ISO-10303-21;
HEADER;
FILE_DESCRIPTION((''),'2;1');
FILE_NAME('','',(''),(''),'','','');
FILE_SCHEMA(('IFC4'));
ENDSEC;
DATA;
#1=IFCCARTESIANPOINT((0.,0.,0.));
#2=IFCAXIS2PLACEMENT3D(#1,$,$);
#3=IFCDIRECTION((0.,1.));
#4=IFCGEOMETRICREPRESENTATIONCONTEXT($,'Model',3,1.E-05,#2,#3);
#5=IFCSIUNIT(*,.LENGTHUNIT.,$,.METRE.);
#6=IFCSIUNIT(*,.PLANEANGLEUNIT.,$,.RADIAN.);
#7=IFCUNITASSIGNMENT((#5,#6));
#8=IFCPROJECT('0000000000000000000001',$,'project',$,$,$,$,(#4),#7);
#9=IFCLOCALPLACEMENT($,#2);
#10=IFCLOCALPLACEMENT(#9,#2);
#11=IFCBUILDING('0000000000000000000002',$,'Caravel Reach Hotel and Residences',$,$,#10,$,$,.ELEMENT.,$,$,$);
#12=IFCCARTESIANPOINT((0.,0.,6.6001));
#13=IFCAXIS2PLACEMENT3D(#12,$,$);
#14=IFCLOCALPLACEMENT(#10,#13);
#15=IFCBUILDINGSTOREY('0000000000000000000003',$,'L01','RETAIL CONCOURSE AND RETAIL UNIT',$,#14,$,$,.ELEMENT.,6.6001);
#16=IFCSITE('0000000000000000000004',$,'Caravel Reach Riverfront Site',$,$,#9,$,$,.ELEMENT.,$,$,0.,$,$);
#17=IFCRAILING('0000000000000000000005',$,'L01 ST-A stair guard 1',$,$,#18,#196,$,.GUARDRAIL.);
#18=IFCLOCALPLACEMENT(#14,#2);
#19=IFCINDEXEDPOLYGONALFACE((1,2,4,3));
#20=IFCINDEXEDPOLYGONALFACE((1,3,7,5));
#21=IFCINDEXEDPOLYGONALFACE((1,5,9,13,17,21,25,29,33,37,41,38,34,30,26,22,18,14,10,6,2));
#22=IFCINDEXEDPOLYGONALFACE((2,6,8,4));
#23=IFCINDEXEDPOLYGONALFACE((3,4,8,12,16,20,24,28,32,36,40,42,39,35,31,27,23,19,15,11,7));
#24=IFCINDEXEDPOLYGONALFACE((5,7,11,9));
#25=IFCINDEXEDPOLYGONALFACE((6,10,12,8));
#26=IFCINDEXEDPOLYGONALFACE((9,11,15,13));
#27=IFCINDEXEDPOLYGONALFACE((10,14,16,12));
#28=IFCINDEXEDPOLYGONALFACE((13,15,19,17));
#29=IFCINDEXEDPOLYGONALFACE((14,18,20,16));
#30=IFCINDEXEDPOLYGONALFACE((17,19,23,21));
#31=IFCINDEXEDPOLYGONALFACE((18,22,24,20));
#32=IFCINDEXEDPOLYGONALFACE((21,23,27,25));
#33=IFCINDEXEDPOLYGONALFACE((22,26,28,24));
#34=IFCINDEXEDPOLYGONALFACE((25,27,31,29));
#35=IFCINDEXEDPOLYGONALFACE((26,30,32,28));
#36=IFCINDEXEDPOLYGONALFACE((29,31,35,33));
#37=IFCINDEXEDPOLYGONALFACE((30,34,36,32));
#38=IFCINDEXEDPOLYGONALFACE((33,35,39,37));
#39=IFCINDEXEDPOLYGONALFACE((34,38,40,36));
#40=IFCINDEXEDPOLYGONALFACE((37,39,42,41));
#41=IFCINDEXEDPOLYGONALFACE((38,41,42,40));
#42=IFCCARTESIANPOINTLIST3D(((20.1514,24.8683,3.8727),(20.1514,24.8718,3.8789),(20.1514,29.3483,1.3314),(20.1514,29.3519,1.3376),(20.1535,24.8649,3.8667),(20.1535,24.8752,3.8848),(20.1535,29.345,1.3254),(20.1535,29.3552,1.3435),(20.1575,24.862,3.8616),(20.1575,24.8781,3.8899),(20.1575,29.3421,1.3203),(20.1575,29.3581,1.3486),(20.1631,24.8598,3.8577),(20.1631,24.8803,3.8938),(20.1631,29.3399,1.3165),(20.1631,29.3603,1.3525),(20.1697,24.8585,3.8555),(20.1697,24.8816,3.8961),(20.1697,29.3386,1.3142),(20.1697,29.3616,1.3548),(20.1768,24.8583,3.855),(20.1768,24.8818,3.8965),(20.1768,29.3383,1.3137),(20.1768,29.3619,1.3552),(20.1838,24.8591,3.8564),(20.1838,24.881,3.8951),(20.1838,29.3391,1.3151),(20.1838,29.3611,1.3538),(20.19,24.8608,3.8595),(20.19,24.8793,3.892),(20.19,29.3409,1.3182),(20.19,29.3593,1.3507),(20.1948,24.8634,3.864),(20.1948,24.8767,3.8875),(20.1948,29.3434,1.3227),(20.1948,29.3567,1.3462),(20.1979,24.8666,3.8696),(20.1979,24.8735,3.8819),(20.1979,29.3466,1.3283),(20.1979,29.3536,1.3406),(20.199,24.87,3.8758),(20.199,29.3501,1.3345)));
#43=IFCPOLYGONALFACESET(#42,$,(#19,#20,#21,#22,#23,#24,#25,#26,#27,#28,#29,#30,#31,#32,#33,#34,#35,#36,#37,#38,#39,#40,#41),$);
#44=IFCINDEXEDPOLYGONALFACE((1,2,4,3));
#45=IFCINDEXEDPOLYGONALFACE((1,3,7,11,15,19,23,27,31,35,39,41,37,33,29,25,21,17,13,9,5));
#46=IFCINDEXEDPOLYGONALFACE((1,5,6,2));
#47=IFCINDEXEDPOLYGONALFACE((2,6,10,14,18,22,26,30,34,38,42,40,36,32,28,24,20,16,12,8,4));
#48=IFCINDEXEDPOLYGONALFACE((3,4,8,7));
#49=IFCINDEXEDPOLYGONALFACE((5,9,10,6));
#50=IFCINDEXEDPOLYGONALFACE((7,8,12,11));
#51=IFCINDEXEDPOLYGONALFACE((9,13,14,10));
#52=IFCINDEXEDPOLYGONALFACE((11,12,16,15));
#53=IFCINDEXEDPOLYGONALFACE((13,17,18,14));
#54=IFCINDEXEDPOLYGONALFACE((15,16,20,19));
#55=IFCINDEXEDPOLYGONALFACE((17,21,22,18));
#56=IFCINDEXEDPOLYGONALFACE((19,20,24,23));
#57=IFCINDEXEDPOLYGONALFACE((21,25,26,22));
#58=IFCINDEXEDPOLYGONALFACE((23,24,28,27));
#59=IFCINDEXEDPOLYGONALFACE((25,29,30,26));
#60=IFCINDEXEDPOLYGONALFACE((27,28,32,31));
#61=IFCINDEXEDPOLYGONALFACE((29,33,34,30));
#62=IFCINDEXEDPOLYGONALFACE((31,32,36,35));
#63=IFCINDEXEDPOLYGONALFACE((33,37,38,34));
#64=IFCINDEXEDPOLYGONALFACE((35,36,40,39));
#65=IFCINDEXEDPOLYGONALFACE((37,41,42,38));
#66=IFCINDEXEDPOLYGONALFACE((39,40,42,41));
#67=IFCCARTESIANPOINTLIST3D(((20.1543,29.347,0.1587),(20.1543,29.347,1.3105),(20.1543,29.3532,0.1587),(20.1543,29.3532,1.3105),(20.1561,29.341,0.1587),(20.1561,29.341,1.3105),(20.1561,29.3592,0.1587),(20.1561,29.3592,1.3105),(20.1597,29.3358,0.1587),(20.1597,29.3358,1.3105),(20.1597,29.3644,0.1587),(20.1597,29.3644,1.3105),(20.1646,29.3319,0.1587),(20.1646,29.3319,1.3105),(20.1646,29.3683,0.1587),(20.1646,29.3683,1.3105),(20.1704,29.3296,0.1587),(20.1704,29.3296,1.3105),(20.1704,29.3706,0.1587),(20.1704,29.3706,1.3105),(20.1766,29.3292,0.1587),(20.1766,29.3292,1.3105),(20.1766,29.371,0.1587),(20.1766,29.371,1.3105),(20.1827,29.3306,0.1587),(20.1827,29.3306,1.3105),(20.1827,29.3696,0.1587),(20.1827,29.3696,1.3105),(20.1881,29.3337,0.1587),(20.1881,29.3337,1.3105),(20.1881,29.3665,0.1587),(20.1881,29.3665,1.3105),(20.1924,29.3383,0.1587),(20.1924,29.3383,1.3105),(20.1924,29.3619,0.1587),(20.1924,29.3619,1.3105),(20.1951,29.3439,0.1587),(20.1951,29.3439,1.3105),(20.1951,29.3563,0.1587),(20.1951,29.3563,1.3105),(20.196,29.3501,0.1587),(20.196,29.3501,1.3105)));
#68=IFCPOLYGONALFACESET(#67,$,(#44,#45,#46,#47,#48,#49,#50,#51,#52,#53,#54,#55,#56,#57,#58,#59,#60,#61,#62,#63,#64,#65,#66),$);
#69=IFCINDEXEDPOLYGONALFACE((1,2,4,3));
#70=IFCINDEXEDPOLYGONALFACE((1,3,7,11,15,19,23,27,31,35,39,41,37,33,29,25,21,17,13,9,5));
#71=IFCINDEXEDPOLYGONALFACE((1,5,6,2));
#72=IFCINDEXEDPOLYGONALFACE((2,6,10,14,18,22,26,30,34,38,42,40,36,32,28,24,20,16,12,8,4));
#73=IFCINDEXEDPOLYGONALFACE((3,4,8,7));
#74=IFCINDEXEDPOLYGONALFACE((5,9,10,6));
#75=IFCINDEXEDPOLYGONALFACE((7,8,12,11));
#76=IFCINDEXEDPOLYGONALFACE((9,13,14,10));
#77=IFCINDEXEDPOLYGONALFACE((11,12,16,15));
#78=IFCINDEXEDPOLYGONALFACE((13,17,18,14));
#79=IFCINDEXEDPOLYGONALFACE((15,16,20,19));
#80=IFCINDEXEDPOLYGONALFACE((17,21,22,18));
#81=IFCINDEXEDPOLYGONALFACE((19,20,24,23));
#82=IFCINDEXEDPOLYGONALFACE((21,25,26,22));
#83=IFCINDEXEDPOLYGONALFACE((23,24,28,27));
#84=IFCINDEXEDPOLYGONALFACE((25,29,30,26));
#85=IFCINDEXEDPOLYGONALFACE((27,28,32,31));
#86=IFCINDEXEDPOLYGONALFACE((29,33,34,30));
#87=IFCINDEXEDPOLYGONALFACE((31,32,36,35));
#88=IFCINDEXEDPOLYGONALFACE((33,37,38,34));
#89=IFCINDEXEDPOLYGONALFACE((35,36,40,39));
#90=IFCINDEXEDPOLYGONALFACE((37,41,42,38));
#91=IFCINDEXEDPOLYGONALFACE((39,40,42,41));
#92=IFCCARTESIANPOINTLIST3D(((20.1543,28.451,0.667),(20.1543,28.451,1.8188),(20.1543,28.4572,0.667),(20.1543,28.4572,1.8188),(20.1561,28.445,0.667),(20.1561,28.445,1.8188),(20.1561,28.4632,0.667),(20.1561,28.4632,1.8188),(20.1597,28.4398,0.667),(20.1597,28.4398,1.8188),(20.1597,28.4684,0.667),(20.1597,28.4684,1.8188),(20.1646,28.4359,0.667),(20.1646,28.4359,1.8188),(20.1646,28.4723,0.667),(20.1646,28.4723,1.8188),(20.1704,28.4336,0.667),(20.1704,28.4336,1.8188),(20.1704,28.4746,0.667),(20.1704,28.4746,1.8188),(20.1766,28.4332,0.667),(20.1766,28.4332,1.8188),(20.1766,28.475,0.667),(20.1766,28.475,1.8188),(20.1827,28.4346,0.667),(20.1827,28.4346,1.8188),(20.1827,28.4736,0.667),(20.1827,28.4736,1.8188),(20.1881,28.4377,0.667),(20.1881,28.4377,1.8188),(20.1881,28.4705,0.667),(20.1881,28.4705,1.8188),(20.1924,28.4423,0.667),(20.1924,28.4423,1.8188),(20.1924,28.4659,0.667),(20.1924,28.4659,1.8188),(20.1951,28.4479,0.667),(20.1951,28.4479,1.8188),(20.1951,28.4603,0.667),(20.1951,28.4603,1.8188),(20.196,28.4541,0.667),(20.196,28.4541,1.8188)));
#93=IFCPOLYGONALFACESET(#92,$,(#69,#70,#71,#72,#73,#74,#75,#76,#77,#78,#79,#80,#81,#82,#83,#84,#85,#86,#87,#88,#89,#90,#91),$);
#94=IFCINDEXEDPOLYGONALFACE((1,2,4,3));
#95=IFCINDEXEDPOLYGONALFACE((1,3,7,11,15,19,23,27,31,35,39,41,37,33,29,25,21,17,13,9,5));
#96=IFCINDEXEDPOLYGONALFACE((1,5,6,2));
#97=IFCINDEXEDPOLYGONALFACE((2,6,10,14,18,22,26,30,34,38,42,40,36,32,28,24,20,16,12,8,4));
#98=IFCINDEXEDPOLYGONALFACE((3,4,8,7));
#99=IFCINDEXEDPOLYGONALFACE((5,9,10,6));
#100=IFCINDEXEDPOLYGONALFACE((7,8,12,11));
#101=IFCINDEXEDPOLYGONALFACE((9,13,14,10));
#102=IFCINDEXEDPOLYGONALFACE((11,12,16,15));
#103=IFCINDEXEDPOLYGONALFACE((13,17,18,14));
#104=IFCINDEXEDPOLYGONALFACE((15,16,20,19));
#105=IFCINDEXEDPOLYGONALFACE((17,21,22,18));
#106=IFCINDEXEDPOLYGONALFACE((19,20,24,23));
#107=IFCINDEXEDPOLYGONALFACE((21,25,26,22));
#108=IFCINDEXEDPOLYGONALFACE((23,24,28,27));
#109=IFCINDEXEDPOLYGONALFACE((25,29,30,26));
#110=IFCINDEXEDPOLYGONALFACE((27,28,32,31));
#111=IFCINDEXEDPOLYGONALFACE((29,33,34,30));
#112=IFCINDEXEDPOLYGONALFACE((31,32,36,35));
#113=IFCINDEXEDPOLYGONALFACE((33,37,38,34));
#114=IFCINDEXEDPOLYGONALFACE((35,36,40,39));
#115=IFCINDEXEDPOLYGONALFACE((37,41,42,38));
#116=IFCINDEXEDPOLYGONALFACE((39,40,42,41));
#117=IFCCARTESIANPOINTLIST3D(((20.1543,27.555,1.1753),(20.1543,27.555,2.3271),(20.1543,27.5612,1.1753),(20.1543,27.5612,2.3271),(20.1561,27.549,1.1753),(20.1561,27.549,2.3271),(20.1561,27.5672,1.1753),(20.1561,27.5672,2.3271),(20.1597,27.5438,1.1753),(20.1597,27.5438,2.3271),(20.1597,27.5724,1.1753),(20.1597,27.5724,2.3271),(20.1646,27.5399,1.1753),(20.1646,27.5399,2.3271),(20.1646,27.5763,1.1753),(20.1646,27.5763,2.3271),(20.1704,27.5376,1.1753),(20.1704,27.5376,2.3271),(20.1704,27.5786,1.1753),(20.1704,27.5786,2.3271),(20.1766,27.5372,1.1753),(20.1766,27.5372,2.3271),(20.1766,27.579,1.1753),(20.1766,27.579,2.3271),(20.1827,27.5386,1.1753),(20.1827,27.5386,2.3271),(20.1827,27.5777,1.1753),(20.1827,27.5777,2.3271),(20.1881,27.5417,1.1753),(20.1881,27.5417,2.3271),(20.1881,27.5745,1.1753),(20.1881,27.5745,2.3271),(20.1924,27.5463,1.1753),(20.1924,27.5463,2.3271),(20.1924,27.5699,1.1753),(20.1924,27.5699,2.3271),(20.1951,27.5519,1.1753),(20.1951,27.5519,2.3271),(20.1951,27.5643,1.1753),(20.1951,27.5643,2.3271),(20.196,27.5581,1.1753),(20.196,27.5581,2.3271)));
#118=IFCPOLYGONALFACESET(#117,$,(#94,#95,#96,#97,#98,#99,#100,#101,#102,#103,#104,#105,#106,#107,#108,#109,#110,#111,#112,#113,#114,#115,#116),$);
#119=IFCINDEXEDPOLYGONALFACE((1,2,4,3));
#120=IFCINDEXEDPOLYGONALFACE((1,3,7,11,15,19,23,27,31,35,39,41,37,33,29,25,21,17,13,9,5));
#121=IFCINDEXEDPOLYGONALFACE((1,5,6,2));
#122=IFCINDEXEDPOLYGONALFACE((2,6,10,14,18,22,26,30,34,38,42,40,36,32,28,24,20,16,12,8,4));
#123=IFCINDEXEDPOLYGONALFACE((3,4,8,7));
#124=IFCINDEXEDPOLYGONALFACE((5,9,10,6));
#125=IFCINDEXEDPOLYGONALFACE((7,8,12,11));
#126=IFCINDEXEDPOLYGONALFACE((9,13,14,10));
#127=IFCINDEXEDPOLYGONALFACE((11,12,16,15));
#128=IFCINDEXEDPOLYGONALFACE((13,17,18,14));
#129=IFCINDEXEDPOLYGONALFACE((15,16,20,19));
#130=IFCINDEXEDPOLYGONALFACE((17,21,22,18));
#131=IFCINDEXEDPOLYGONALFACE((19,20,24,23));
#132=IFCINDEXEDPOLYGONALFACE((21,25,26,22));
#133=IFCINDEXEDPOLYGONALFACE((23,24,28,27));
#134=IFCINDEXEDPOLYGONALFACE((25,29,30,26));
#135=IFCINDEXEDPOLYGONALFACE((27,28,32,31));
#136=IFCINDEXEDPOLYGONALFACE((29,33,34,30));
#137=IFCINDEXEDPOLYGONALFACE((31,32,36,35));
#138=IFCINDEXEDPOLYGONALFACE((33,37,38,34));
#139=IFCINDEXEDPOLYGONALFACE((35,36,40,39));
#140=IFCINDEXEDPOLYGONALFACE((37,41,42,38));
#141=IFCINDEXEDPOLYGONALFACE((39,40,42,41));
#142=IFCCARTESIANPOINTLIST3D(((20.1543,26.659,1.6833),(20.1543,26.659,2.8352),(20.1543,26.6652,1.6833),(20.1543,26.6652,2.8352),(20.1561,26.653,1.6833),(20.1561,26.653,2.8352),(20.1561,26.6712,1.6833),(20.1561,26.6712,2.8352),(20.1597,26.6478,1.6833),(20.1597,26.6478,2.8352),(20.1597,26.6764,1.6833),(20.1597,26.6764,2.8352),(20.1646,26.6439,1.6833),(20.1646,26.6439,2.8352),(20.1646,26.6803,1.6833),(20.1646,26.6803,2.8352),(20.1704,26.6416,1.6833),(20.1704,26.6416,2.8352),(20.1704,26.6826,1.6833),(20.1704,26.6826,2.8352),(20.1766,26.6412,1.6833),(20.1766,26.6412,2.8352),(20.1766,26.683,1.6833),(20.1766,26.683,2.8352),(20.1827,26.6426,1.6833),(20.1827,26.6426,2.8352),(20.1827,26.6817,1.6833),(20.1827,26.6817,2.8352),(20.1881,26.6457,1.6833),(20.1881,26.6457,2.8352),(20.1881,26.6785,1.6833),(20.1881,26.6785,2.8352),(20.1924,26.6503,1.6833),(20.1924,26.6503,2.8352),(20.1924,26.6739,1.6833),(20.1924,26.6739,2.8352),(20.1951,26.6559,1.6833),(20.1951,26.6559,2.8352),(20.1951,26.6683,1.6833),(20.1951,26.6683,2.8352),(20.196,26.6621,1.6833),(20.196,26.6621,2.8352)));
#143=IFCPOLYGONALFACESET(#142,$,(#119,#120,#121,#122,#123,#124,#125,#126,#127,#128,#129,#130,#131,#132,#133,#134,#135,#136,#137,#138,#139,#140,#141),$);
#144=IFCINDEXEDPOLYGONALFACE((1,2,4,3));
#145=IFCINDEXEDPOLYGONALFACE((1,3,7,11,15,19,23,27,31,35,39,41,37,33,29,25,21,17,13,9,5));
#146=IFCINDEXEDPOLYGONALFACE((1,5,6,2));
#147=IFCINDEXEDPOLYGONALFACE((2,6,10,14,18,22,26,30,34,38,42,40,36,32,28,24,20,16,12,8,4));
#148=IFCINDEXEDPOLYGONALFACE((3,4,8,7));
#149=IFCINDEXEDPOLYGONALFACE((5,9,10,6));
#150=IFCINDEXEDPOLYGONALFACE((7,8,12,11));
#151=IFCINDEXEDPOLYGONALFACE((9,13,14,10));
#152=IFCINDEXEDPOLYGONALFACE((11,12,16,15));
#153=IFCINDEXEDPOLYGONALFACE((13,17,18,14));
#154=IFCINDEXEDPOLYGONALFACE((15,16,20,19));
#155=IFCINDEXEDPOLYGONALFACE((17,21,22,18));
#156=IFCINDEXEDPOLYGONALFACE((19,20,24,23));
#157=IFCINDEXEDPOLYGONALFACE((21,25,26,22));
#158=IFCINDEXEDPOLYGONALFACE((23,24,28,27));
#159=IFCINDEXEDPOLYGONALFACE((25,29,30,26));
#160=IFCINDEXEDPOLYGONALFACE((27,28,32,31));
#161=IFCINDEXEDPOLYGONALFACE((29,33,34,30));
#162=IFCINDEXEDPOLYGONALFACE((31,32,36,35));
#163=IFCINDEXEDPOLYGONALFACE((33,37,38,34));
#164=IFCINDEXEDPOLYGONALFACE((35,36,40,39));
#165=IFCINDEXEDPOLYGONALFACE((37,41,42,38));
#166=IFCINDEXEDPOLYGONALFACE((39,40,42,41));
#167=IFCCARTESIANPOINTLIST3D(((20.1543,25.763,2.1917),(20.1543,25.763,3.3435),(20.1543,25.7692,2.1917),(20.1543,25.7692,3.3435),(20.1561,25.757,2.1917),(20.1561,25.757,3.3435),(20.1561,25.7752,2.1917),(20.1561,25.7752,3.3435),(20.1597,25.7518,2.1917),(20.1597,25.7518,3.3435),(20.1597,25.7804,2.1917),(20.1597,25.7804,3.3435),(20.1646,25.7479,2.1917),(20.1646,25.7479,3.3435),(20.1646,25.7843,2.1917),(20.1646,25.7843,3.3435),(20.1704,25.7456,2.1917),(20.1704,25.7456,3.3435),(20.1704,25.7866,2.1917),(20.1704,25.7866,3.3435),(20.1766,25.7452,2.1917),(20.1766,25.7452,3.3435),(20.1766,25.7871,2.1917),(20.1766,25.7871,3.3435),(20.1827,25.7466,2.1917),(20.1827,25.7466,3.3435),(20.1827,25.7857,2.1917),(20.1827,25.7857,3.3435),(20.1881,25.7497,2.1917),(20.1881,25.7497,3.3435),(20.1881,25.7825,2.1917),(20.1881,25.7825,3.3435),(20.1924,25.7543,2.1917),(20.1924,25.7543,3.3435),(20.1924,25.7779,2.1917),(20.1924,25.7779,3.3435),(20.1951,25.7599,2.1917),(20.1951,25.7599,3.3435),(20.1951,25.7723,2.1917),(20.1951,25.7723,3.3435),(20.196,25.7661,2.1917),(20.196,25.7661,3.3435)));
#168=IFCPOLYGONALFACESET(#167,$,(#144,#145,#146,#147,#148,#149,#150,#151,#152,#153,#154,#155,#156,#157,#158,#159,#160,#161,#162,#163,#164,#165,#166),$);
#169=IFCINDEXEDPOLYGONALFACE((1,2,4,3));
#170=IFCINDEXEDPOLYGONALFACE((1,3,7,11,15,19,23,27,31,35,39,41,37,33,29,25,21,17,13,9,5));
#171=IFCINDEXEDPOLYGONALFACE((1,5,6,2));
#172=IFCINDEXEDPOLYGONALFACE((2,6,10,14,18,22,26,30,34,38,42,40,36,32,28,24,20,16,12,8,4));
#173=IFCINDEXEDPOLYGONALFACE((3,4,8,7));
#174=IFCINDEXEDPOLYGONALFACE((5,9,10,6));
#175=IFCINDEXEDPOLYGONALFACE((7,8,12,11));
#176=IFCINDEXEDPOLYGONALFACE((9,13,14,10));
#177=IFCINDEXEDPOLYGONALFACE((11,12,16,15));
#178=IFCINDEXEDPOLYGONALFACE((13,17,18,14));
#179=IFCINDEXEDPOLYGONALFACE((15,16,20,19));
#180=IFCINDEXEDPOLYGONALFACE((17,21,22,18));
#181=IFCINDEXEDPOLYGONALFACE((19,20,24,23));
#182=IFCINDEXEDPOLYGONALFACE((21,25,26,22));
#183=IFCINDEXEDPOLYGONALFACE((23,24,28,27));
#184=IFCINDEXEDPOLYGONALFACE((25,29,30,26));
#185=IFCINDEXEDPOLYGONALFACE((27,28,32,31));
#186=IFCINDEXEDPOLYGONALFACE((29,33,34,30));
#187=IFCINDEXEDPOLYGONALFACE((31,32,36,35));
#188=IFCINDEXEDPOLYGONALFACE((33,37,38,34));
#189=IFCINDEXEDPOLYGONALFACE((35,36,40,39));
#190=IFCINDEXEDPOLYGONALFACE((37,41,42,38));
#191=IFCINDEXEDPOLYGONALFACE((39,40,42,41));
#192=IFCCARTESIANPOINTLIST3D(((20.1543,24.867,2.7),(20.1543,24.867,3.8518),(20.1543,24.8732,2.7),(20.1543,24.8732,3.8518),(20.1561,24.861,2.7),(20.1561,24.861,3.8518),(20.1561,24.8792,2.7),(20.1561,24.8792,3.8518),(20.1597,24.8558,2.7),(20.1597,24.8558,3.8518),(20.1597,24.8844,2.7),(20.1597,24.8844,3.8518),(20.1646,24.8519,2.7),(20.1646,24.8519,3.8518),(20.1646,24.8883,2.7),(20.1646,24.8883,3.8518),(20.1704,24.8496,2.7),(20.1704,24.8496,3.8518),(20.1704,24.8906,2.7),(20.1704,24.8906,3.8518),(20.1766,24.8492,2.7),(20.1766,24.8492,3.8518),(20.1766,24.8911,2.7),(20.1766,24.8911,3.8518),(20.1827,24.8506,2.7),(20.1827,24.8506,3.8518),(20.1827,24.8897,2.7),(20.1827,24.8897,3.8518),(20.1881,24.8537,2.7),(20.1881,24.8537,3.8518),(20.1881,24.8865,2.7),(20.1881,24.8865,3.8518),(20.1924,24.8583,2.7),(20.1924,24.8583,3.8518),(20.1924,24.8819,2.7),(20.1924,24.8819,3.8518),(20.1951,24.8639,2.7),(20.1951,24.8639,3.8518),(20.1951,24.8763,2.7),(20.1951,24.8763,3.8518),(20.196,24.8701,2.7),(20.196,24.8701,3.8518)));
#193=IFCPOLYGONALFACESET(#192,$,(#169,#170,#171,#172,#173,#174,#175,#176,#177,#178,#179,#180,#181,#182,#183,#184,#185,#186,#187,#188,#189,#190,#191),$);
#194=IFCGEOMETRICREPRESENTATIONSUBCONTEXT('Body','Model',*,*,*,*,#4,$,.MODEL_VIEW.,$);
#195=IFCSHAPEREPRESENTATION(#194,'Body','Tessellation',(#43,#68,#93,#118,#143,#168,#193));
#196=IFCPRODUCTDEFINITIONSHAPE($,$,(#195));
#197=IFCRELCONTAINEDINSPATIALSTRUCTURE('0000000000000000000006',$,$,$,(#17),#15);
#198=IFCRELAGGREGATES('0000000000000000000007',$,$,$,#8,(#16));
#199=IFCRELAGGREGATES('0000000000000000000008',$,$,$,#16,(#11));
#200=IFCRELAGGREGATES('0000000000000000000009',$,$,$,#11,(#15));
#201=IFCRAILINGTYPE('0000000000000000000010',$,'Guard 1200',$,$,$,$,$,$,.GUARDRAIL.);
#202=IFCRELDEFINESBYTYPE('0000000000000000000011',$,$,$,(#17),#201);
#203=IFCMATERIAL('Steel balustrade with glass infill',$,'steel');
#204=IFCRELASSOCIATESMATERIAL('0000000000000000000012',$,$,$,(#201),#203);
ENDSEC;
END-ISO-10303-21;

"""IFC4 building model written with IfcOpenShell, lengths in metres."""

from ifc_helpers import new_model, si_unit, direction, frame, origin, origin_2d, place, context, subcontext, project, spatial, circle, extrude, material, type_object, element, save


model = new_model("IFC4")

# Units and contexts
model_context = context("Model", 3, precision=1e-05, world=origin(), true_north=direction((0.0, 1.0)))
body_context = subcontext(model_context, "Body", "Model", "MODEL_VIEW")
ifc_project = project(units=[si_unit("LENGTHUNIT", "METRE"), si_unit("PLANEANGLEUNIT", "RADIAN")], contexts=[model_context])

# Site, building, storey
site_placement = place(None, origin())
site = spatial("IfcSite", under=ifc_project, at=site_placement, Name="Caravel Reach Riverfront Site", CompositionType="ELEMENT", RefElevation=0.0)
building_placement = place(site_placement, origin())
building = spatial("IfcBuilding", under=site, at=building_placement, Name="Caravel Reach Hotel and Residences", CompositionType="ELEMENT")
storey_placement = place(building_placement, frame((0.0, 0.0, 6.6001)))
storey = spatial("IfcBuildingStorey", under=building, at=storey_placement, Name="L01", Description="RETAIL CONCOURSE AND RETAIL UNIT", CompositionType="ELEMENT", Elevation=6.6001)

# Railing
ifc_material_1 = material(Name="Steel balustrade with glass infill", Category="steel")
railing_type_1 = type_object("IfcRailingType", Name="Guard 1200", PredefinedType="GUARDRAIL", material=ifc_material_1)
railing_1_placement = place(storey_placement, frame((20.175, 29.3501, 0.1587)))
element("IfcRailing", 1, at=railing_1_placement, inside=storey, type_object=railing_type_1, Name="L01 ST-A stair guard 1", PredefinedType="GUARDRAIL", context=body_context, shape_type="SweptSolid", body=[
    extrude(circle(Radius=0.0239, at=origin_2d()), frame((0.0, 0.0, 1.1758), z_axis=(0.0, -0.869805, 0.493395), x_axis=(1.0, 0.0, 0.0)), (0.0, 0.0, 1.0), 5.1506),
    extrude(circle(Radius=0.021, at=origin_2d()), origin(), (0.0, 0.0, 1.0), 1.1519),
    extrude(circle(Radius=0.021, at=origin_2d()), frame((0.0, -0.896, 0.5083)), (0.0, 0.0, 1.0), 1.1519),
    extrude(circle(Radius=0.021, at=origin_2d()), frame((0.0, -1.792, 1.0166)), (0.0, 0.0, 1.0), 1.1519),
    extrude(circle(Radius=0.021, at=origin_2d()), frame((0.0, -2.688, 1.5247)), (0.0, 0.0, 1.0), 1.1519),
    extrude(circle(Radius=0.021, at=origin_2d()), frame((0.0, -3.584, 2.033)), (0.0, 0.0, 1.0), 1.1519),
    extrude(circle(Radius=0.021, at=origin_2d()), frame((0.0, -4.48, 2.5413)), (0.0, 0.0, 1.0), 1.1519),
])

save(model, "model.ifc")
